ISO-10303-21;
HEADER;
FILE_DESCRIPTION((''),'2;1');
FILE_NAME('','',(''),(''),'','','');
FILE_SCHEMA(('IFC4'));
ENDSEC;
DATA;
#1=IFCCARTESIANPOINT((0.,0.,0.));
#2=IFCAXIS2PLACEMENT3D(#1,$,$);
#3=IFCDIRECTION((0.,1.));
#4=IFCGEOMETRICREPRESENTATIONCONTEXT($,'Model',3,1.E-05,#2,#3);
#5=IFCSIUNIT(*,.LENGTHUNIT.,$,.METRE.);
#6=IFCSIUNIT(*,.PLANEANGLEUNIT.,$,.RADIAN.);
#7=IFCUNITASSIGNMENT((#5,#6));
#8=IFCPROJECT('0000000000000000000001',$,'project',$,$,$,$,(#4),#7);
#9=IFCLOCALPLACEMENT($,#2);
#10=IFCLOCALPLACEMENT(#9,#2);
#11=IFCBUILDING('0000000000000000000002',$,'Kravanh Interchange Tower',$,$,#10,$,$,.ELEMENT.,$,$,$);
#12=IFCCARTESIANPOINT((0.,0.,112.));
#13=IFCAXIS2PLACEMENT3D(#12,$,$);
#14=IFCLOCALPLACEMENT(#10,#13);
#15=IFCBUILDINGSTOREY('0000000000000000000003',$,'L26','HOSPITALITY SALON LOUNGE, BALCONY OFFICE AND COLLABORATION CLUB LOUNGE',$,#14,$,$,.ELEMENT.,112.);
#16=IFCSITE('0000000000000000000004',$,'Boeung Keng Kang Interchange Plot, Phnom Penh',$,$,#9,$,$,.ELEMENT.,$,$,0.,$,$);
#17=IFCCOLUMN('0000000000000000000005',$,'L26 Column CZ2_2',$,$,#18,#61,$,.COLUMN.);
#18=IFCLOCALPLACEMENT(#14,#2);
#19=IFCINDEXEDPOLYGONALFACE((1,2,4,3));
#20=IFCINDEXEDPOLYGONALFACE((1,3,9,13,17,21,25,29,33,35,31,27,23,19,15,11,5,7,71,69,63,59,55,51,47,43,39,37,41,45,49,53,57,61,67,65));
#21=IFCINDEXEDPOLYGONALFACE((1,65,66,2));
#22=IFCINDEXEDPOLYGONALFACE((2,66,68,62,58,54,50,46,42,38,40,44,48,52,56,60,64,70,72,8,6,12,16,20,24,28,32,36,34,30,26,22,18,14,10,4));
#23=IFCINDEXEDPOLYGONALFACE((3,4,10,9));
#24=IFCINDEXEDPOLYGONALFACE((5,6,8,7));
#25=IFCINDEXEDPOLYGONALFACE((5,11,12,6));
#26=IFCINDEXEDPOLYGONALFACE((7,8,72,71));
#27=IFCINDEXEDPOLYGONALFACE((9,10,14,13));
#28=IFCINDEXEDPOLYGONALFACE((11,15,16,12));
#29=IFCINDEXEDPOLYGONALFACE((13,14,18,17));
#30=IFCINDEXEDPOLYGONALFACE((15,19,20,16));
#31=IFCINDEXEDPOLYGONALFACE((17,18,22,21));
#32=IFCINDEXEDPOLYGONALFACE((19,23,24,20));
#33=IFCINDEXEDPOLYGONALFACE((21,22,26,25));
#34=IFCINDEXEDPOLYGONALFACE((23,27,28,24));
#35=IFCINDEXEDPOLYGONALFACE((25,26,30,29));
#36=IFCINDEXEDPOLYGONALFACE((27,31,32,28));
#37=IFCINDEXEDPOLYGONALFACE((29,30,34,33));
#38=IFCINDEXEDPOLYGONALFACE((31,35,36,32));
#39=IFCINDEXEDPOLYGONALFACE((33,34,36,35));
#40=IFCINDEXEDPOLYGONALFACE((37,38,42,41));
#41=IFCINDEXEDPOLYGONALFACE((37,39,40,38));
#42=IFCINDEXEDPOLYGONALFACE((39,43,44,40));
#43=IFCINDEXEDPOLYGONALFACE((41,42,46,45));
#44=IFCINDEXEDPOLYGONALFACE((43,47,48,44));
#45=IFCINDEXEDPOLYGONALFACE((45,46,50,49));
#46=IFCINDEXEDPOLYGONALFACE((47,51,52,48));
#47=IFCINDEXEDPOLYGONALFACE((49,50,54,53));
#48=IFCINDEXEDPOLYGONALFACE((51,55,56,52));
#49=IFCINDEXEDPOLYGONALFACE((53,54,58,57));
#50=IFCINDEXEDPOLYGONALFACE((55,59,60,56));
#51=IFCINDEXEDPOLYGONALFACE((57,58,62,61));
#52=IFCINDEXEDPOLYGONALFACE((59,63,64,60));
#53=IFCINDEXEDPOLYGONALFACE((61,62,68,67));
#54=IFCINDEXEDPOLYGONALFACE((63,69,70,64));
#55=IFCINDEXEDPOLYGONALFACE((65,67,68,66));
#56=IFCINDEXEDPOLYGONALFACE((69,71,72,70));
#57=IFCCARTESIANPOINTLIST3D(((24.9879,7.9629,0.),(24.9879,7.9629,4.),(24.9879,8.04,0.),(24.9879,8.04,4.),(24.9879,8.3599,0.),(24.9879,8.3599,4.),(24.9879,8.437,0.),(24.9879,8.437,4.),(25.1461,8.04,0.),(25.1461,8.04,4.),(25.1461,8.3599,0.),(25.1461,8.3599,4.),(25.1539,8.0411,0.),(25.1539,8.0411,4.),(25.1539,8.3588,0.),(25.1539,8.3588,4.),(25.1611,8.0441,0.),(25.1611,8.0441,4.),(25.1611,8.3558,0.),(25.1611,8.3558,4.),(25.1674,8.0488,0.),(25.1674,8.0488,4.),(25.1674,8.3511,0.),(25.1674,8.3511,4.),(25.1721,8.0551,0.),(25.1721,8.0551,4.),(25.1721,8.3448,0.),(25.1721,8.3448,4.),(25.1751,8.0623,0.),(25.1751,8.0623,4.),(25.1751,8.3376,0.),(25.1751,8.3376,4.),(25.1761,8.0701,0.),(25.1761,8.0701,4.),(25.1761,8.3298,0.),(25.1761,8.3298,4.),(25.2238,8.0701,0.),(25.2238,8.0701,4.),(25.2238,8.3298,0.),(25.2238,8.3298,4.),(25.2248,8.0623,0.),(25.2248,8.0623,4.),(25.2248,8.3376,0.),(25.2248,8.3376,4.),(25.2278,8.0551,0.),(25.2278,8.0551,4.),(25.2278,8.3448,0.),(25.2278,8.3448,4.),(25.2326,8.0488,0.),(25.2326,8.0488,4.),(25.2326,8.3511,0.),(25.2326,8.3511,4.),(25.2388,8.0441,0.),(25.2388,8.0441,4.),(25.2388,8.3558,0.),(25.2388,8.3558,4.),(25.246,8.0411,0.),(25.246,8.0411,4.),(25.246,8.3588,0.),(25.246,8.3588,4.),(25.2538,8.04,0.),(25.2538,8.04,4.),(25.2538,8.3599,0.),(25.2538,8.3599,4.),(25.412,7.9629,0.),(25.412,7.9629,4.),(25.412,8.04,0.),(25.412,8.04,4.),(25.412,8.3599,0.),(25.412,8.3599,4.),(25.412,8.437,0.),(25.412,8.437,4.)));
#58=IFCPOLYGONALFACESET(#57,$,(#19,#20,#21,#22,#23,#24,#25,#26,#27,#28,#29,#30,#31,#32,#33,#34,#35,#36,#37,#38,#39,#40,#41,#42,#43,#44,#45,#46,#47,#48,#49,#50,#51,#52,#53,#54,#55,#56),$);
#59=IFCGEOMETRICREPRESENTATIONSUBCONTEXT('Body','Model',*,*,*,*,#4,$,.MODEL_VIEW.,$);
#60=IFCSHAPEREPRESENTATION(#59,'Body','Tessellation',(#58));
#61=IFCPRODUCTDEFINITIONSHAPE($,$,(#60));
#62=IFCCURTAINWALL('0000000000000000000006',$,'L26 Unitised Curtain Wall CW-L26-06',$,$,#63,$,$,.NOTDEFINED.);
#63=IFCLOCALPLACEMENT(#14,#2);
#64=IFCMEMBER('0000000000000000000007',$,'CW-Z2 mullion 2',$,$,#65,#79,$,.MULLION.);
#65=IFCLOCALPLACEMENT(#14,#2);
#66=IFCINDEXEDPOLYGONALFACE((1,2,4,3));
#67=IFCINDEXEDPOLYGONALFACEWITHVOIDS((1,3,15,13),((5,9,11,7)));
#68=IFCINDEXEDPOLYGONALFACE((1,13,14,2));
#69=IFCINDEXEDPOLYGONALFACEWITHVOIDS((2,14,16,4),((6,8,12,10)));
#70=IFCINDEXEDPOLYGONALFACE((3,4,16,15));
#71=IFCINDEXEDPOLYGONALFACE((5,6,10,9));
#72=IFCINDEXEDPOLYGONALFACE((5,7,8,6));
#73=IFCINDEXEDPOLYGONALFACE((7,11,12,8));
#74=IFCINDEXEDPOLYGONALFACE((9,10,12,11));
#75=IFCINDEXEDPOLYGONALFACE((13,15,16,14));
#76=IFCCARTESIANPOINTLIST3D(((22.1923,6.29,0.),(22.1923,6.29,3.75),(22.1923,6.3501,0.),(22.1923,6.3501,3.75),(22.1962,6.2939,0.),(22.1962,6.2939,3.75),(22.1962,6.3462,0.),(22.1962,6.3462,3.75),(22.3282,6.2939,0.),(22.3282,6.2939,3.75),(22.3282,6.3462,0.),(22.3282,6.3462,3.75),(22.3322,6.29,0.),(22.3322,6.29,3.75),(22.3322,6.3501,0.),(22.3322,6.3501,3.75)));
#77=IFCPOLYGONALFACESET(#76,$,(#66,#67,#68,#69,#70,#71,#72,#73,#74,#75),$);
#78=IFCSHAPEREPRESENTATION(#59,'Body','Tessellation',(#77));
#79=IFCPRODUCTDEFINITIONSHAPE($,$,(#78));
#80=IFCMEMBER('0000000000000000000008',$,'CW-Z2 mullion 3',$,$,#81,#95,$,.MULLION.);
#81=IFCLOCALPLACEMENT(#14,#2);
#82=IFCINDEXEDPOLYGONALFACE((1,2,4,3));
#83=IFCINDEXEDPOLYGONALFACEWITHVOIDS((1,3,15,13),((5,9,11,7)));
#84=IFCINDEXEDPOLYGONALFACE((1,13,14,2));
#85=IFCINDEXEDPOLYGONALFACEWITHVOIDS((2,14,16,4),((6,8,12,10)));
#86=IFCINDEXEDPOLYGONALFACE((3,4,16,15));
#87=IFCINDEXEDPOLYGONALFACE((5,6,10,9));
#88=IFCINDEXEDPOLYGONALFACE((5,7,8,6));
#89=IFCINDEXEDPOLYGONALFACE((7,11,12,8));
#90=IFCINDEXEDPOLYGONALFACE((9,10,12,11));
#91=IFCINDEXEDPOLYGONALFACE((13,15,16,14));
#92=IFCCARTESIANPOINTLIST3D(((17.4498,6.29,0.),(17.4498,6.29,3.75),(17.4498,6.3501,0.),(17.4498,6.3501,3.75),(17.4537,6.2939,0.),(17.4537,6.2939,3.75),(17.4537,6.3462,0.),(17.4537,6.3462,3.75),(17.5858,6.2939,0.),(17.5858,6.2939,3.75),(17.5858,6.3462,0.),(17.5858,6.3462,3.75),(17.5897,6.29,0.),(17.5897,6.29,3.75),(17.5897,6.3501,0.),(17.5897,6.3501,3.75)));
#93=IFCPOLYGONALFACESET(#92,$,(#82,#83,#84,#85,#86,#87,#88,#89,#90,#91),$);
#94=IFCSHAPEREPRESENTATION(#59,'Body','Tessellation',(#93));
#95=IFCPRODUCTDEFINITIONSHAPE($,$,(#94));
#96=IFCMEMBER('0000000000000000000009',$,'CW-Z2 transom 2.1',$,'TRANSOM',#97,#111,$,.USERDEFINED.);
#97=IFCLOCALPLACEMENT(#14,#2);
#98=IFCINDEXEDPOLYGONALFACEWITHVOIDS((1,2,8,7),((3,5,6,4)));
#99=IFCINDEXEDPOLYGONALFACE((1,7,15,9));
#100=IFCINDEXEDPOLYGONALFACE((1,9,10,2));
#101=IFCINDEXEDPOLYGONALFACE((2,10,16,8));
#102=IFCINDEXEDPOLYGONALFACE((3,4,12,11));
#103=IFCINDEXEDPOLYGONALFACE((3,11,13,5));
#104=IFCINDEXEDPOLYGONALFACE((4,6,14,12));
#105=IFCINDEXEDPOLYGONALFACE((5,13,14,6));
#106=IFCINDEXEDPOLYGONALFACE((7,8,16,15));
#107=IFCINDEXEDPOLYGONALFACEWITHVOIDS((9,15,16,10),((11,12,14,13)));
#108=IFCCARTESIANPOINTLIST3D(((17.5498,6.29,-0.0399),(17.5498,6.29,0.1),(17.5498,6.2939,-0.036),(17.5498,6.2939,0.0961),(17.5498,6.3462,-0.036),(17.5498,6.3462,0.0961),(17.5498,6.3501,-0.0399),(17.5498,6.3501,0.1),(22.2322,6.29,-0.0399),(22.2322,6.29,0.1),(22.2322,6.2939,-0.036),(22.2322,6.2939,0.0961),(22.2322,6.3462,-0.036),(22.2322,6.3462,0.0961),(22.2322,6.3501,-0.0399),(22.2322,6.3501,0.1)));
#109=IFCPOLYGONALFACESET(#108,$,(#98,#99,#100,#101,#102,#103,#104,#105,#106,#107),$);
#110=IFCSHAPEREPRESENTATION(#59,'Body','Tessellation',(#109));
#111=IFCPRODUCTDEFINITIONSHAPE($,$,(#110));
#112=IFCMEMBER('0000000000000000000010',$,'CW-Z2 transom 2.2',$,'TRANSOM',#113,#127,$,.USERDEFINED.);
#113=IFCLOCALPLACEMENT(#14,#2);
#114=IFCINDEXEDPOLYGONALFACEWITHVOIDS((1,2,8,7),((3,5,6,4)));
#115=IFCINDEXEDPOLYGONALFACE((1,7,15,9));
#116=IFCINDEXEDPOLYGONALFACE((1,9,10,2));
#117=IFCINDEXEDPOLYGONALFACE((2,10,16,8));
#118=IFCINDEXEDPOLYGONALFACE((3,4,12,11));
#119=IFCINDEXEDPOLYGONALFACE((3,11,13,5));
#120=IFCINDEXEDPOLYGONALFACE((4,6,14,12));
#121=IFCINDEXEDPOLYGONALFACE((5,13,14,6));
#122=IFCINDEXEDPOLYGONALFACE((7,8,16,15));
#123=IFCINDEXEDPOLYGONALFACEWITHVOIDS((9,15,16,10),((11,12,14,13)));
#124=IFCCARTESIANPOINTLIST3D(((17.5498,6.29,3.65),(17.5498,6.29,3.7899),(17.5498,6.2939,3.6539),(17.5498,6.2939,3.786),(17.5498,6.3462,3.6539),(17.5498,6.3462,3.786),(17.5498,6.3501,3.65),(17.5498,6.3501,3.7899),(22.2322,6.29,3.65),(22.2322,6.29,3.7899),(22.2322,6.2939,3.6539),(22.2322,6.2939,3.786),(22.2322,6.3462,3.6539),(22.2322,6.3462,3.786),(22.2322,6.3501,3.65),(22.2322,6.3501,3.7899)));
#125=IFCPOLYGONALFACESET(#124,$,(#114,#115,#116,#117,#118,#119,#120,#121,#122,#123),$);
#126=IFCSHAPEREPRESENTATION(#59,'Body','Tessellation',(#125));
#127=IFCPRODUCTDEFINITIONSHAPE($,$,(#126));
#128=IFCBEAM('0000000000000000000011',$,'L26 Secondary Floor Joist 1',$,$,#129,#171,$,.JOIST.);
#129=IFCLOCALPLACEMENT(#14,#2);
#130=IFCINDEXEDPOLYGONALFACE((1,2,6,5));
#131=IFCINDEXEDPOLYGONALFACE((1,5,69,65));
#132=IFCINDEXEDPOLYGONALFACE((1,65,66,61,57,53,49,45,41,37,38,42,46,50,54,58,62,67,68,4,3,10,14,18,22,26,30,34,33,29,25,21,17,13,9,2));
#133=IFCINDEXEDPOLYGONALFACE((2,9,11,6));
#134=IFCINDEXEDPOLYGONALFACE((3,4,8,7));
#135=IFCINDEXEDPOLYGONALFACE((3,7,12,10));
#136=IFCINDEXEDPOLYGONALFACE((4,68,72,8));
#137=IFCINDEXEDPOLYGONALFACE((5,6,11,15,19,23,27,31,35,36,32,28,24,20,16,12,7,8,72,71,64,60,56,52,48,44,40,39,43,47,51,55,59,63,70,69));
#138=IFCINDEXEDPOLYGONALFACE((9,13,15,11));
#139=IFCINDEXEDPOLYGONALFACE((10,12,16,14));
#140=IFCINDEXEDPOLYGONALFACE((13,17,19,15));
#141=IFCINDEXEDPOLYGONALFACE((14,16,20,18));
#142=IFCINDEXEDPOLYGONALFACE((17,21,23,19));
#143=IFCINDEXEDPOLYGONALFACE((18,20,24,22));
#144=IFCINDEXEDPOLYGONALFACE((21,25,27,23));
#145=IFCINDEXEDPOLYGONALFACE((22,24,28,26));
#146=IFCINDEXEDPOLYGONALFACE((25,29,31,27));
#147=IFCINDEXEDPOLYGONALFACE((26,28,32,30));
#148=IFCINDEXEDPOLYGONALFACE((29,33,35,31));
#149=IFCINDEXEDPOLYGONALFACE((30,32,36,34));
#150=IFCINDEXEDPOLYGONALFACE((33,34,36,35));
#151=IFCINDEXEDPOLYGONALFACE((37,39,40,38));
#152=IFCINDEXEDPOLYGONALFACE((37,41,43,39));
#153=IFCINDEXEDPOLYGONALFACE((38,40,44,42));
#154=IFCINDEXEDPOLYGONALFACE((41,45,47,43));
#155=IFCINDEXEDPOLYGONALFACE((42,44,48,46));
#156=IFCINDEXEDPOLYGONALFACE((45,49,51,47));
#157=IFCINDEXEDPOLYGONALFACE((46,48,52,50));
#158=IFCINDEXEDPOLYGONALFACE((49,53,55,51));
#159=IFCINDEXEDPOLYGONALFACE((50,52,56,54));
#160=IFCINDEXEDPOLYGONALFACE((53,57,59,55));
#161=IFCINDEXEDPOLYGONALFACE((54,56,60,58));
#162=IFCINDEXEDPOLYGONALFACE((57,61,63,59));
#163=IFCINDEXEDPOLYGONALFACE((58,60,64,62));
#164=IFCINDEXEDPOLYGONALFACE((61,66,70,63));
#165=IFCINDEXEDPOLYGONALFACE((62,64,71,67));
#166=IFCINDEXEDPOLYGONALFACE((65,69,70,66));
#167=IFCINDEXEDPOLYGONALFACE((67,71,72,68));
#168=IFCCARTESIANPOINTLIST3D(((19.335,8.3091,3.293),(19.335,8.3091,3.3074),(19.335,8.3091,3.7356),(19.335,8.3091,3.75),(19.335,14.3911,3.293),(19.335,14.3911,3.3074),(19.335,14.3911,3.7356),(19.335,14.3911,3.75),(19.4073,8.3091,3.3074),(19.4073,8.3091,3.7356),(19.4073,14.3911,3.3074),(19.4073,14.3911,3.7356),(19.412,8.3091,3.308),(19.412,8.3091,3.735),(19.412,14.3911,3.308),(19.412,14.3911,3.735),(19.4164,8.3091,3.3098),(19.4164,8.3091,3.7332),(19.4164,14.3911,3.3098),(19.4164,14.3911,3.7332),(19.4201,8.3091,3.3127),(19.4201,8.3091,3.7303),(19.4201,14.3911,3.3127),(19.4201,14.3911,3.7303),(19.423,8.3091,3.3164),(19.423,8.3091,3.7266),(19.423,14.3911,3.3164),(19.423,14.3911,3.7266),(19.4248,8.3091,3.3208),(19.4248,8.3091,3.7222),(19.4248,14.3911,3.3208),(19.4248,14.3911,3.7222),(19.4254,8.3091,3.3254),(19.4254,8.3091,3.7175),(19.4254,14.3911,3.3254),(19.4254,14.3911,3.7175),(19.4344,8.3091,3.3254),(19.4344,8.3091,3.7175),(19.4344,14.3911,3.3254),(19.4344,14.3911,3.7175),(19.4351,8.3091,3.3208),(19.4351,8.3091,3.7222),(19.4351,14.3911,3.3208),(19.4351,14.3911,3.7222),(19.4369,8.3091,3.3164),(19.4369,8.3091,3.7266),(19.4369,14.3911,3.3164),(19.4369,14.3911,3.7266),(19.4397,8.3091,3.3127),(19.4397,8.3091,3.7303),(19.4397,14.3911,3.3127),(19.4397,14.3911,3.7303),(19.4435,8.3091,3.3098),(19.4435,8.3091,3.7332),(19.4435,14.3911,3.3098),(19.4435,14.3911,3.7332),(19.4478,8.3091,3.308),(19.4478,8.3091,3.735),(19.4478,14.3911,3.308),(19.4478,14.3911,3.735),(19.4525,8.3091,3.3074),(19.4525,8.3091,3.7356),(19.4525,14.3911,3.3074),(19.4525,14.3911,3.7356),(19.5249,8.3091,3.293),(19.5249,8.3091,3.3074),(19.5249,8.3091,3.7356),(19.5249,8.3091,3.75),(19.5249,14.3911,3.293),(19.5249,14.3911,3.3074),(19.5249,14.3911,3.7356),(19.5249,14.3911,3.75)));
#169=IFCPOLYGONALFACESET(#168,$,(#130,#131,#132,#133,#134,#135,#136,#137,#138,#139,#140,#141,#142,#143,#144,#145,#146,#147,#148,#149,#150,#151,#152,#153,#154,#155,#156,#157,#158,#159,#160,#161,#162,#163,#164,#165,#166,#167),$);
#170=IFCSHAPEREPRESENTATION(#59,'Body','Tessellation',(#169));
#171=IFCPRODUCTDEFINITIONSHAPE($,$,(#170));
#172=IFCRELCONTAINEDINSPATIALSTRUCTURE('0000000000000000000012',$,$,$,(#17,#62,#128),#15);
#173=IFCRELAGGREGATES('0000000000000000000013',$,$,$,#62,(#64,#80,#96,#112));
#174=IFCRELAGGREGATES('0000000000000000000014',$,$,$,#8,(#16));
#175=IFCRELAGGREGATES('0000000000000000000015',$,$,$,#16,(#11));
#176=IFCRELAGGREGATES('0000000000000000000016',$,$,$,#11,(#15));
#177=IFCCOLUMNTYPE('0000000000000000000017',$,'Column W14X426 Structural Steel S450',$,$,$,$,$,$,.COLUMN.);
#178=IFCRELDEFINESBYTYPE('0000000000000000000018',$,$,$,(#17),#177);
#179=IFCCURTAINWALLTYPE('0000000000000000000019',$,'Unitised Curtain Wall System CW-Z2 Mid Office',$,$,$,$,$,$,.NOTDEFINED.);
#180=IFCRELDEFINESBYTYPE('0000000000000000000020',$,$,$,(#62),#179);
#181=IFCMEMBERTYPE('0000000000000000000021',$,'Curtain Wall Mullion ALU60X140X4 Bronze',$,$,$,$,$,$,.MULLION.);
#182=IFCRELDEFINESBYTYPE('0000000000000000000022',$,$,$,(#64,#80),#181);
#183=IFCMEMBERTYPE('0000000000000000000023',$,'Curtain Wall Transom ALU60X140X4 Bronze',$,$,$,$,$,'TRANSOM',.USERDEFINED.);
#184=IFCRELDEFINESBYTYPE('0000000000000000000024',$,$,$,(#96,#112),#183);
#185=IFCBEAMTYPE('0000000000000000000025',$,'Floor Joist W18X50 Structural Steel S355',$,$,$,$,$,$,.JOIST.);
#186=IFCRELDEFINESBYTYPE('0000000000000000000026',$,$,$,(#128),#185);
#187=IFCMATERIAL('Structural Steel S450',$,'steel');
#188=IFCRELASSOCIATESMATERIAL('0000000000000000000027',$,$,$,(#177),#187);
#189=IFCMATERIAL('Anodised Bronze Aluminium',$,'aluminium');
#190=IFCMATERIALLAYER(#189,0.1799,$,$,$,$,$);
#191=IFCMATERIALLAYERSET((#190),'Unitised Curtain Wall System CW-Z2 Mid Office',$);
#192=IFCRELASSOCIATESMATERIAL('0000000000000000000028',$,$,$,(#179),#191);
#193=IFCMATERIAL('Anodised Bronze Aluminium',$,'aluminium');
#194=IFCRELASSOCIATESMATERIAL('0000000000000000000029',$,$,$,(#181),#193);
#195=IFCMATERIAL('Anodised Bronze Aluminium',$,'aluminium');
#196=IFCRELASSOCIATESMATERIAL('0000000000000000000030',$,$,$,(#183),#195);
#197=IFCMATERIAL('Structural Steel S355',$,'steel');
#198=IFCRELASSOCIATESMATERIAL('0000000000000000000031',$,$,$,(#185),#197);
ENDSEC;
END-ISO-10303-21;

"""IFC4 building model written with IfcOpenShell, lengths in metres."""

from ifc_helpers import new_model, si_unit, direction, frame, origin, origin_2d, place, context, subcontext, project, spatial, hollow_rectangle, i_section, extrude, material, layer, layer_set, material_profile, profile_set, type_object, element, aggregate, save


model = new_model("IFC4")

# Units and contexts
model_context = context("Model", 3, precision=1e-05, world=origin(), true_north=direction((0.0, 1.0)))
body_context = subcontext(model_context, "Body", "Model", "MODEL_VIEW")
ifc_project = project(units=[si_unit("LENGTHUNIT", "METRE"), si_unit("PLANEANGLEUNIT", "RADIAN")], contexts=[model_context])

# Site, building, storey
site_placement = place(None, origin())
site = spatial("IfcSite", under=ifc_project, at=site_placement, Name="Boeung Keng Kang Interchange Plot, Phnom Penh", CompositionType="ELEMENT", RefElevation=0.0)
building_placement = place(site_placement, origin())
building = spatial("IfcBuilding", under=site, at=building_placement, Name="Kravanh Interchange Tower", CompositionType="ELEMENT")
storey_placement = place(building_placement, frame((0.0, 0.0, 112.0)))
storey = spatial("IfcBuildingStorey", under=building, at=storey_placement, Name="L26", Description="HOSPITALITY SALON LOUNGE, BALCONY OFFICE AND COLLABORATION CLUB LOUNGE", CompositionType="ELEMENT", Elevation=112.0)

# Column
ifc_material_1 = material(Name="Structural Steel S450", Category="steel")
ifc_material_profile_1 = material_profile(ifc_material_1, i_section(OverallWidth=0.4241, OverallDepth=0.4741, WebThickness=0.0476, FlangeThickness=0.0771, FilletRadius=0.03, at=origin_2d()), Name="W14X426")
ifc_profile_set_1 = profile_set([ifc_material_profile_1], Name="Structural Steel S450")
column_type = type_object("IfcColumnType", Name="Column W14X426 Structural Steel S450", PredefinedType="COLUMN", material=ifc_profile_set_1)
column_placement = place(storey_placement, frame((25.2, 8.2, 0.0), z_axis=(0.0, 0.0, 1.0), x_axis=(1.0, 0.0, 0.0)))
element("IfcColumn", 1, at=column_placement, inside=storey, type_object=column_type, Name="L26 Column CZ2_2", PredefinedType="COLUMN", context=body_context, shape_type="SweptSolid", body=[
    extrude(i_section(OverallWidth=0.4241, OverallDepth=0.4741, WebThickness=0.0476, FlangeThickness=0.0771, FilletRadius=0.03, at=origin_2d()), origin(), (0.0, 0.0, 1.0), 4.0),
])

# Curtain wall, members
ifc_material_2 = material(Name="Anodised Bronze Aluminium", Category="aluminium")
ifc_layer_1 = layer(ifc_material_2, 0.1799)
ifc_layer_set_1 = layer_set([ifc_layer_1], Name="Unitised Curtain Wall System CW-Z2 Mid Office")
curtain_wall_type = type_object("IfcCurtainWallType", Name="Unitised Curtain Wall System CW-Z2 Mid Office", PredefinedType="NOTDEFINED", material=ifc_layer_set_1)
curtain_wall_placement = place(storey_placement, origin())
curtain_wall = element("IfcCurtainWall", 2, at=curtain_wall_placement, inside=storey, type_object=curtain_wall_type, Name="L26 Unitised Curtain Wall CW-L26-06", PredefinedType="NOTDEFINED")
ifc_material_3 = material(Name="Anodised Bronze Aluminium", Category="aluminium")
ifc_material_profile_2 = material_profile(ifc_material_3, hollow_rectangle(XDim=0.0601, YDim=0.1399, WallThickness=0.0039, at=origin_2d()), Name="ALU60X140X4")
ifc_profile_set_2 = profile_set([ifc_material_profile_2], Name="Anodised Bronze Aluminium")
member_type_1 = type_object("IfcMemberType", Name="Curtain Wall Mullion ALU60X140X4 Bronze", PredefinedType="MULLION", material=ifc_profile_set_2)
member_1_placement = place(storey_placement, frame((22.2622, 6.3201, 0.0), z_axis=(0.0, 0.0, 1.0), x_axis=(0.0, -1.0, 0.0)))
member_1 = element("IfcMember", 3, at=member_1_placement, type_object=member_type_1, Name="CW-Z2 mullion 2", PredefinedType="MULLION", context=body_context, shape_type="SweptSolid", body=[
    extrude(hollow_rectangle(XDim=0.0601, YDim=0.1399, WallThickness=0.0039, at=origin_2d()), origin(), (0.0, 0.0, 1.0), 3.75),
])
member_2_placement = place(storey_placement, frame((17.5198, 6.3201, 0.0), z_axis=(0.0, 0.0, 1.0), x_axis=(0.0, -1.0, 0.0)))
member_2 = element("IfcMember", 4, at=member_2_placement, type_object=member_type_1, Name="CW-Z2 mullion 3", PredefinedType="MULLION", context=body_context, shape_type="SweptSolid", body=[
    extrude(hollow_rectangle(XDim=0.0601, YDim=0.1399, WallThickness=0.0039, at=origin_2d()), origin(), (0.0, 0.0, 1.0), 3.75),
])
ifc_material_4 = material(Name="Anodised Bronze Aluminium", Category="aluminium")
ifc_material_profile_3 = material_profile(ifc_material_4, hollow_rectangle(XDim=0.0601, YDim=0.1399, WallThickness=0.0039, at=origin_2d()), Name="ALU60X140X4")
ifc_profile_set_3 = profile_set([ifc_material_profile_3], Name="Anodised Bronze Aluminium")
member_type_2 = type_object("IfcMemberType", Name="Curtain Wall Transom ALU60X140X4 Bronze", ElementType="TRANSOM", PredefinedType="USERDEFINED", material=ifc_profile_set_3)
member_3_placement = place(storey_placement, frame((22.2322, 6.3201, 0.03), z_axis=(-1.0, 0.0, 0.0), x_axis=(0.0, -1.0, 0.0)))
member_3 = element("IfcMember", 5, at=member_3_placement, type_object=member_type_2, Name="CW-Z2 transom 2.1", ObjectType="TRANSOM", PredefinedType="USERDEFINED", context=body_context, shape_type="SweptSolid", body=[
    extrude(hollow_rectangle(XDim=0.0601, YDim=0.1399, WallThickness=0.0039, at=origin_2d()), origin(), (0.0, 0.0, 1.0), 4.6824),
])
member_4_placement = place(storey_placement, frame((22.2322, 6.3201, 3.72), z_axis=(-1.0, 0.0, 0.0), x_axis=(0.0, -1.0, 0.0)))
member_4 = element("IfcMember", 6, at=member_4_placement, type_object=member_type_2, Name="CW-Z2 transom 2.2", ObjectType="TRANSOM", PredefinedType="USERDEFINED", context=body_context, shape_type="SweptSolid", body=[
    extrude(hollow_rectangle(XDim=0.0601, YDim=0.1399, WallThickness=0.0039, at=origin_2d()), origin(), (0.0, 0.0, 1.0), 4.6824),
])

# Beam
ifc_material_5 = material(Name="Structural Steel S355", Category="steel")
ifc_material_profile_4 = material_profile(ifc_material_5, i_section(OverallWidth=0.1899, OverallDepth=0.457, WebThickness=0.009, FlangeThickness=0.0144, FilletRadius=0.0181, at=origin_2d()), Name="W18X50")
ifc_profile_set_4 = profile_set([ifc_material_profile_4], Name="Structural Steel S355")
beam_type_1 = type_object("IfcBeamType", Name="Floor Joist W18X50 Structural Steel S355", PredefinedType="JOIST", material=ifc_profile_set_4)
for number, where, z_axis, x_axis, name in (
    (7, (19.4299, 8.3091, 3.5215), (0.0, 1.0, 0.0), (-1.0, 0.0, 0.0), "L26 Secondary Floor Joist 1"),
):
    element("IfcBeam", number, at=place(storey_placement, frame(where, z_axis=z_axis, x_axis=x_axis)), inside=storey, type_object=beam_type_1, Name=name, PredefinedType="JOIST", context=body_context, shape_type="SweptSolid", body=[
        extrude(i_section(OverallWidth=0.1899, OverallDepth=0.457, WebThickness=0.009, FlangeThickness=0.0144, FilletRadius=0.0181, at=origin_2d()), origin(), (0.0, 0.0, 1.0), 6.082),
    ])

aggregate(curtain_wall, [member_1, member_2, member_3, member_4])

save(model, "model.ifc")
